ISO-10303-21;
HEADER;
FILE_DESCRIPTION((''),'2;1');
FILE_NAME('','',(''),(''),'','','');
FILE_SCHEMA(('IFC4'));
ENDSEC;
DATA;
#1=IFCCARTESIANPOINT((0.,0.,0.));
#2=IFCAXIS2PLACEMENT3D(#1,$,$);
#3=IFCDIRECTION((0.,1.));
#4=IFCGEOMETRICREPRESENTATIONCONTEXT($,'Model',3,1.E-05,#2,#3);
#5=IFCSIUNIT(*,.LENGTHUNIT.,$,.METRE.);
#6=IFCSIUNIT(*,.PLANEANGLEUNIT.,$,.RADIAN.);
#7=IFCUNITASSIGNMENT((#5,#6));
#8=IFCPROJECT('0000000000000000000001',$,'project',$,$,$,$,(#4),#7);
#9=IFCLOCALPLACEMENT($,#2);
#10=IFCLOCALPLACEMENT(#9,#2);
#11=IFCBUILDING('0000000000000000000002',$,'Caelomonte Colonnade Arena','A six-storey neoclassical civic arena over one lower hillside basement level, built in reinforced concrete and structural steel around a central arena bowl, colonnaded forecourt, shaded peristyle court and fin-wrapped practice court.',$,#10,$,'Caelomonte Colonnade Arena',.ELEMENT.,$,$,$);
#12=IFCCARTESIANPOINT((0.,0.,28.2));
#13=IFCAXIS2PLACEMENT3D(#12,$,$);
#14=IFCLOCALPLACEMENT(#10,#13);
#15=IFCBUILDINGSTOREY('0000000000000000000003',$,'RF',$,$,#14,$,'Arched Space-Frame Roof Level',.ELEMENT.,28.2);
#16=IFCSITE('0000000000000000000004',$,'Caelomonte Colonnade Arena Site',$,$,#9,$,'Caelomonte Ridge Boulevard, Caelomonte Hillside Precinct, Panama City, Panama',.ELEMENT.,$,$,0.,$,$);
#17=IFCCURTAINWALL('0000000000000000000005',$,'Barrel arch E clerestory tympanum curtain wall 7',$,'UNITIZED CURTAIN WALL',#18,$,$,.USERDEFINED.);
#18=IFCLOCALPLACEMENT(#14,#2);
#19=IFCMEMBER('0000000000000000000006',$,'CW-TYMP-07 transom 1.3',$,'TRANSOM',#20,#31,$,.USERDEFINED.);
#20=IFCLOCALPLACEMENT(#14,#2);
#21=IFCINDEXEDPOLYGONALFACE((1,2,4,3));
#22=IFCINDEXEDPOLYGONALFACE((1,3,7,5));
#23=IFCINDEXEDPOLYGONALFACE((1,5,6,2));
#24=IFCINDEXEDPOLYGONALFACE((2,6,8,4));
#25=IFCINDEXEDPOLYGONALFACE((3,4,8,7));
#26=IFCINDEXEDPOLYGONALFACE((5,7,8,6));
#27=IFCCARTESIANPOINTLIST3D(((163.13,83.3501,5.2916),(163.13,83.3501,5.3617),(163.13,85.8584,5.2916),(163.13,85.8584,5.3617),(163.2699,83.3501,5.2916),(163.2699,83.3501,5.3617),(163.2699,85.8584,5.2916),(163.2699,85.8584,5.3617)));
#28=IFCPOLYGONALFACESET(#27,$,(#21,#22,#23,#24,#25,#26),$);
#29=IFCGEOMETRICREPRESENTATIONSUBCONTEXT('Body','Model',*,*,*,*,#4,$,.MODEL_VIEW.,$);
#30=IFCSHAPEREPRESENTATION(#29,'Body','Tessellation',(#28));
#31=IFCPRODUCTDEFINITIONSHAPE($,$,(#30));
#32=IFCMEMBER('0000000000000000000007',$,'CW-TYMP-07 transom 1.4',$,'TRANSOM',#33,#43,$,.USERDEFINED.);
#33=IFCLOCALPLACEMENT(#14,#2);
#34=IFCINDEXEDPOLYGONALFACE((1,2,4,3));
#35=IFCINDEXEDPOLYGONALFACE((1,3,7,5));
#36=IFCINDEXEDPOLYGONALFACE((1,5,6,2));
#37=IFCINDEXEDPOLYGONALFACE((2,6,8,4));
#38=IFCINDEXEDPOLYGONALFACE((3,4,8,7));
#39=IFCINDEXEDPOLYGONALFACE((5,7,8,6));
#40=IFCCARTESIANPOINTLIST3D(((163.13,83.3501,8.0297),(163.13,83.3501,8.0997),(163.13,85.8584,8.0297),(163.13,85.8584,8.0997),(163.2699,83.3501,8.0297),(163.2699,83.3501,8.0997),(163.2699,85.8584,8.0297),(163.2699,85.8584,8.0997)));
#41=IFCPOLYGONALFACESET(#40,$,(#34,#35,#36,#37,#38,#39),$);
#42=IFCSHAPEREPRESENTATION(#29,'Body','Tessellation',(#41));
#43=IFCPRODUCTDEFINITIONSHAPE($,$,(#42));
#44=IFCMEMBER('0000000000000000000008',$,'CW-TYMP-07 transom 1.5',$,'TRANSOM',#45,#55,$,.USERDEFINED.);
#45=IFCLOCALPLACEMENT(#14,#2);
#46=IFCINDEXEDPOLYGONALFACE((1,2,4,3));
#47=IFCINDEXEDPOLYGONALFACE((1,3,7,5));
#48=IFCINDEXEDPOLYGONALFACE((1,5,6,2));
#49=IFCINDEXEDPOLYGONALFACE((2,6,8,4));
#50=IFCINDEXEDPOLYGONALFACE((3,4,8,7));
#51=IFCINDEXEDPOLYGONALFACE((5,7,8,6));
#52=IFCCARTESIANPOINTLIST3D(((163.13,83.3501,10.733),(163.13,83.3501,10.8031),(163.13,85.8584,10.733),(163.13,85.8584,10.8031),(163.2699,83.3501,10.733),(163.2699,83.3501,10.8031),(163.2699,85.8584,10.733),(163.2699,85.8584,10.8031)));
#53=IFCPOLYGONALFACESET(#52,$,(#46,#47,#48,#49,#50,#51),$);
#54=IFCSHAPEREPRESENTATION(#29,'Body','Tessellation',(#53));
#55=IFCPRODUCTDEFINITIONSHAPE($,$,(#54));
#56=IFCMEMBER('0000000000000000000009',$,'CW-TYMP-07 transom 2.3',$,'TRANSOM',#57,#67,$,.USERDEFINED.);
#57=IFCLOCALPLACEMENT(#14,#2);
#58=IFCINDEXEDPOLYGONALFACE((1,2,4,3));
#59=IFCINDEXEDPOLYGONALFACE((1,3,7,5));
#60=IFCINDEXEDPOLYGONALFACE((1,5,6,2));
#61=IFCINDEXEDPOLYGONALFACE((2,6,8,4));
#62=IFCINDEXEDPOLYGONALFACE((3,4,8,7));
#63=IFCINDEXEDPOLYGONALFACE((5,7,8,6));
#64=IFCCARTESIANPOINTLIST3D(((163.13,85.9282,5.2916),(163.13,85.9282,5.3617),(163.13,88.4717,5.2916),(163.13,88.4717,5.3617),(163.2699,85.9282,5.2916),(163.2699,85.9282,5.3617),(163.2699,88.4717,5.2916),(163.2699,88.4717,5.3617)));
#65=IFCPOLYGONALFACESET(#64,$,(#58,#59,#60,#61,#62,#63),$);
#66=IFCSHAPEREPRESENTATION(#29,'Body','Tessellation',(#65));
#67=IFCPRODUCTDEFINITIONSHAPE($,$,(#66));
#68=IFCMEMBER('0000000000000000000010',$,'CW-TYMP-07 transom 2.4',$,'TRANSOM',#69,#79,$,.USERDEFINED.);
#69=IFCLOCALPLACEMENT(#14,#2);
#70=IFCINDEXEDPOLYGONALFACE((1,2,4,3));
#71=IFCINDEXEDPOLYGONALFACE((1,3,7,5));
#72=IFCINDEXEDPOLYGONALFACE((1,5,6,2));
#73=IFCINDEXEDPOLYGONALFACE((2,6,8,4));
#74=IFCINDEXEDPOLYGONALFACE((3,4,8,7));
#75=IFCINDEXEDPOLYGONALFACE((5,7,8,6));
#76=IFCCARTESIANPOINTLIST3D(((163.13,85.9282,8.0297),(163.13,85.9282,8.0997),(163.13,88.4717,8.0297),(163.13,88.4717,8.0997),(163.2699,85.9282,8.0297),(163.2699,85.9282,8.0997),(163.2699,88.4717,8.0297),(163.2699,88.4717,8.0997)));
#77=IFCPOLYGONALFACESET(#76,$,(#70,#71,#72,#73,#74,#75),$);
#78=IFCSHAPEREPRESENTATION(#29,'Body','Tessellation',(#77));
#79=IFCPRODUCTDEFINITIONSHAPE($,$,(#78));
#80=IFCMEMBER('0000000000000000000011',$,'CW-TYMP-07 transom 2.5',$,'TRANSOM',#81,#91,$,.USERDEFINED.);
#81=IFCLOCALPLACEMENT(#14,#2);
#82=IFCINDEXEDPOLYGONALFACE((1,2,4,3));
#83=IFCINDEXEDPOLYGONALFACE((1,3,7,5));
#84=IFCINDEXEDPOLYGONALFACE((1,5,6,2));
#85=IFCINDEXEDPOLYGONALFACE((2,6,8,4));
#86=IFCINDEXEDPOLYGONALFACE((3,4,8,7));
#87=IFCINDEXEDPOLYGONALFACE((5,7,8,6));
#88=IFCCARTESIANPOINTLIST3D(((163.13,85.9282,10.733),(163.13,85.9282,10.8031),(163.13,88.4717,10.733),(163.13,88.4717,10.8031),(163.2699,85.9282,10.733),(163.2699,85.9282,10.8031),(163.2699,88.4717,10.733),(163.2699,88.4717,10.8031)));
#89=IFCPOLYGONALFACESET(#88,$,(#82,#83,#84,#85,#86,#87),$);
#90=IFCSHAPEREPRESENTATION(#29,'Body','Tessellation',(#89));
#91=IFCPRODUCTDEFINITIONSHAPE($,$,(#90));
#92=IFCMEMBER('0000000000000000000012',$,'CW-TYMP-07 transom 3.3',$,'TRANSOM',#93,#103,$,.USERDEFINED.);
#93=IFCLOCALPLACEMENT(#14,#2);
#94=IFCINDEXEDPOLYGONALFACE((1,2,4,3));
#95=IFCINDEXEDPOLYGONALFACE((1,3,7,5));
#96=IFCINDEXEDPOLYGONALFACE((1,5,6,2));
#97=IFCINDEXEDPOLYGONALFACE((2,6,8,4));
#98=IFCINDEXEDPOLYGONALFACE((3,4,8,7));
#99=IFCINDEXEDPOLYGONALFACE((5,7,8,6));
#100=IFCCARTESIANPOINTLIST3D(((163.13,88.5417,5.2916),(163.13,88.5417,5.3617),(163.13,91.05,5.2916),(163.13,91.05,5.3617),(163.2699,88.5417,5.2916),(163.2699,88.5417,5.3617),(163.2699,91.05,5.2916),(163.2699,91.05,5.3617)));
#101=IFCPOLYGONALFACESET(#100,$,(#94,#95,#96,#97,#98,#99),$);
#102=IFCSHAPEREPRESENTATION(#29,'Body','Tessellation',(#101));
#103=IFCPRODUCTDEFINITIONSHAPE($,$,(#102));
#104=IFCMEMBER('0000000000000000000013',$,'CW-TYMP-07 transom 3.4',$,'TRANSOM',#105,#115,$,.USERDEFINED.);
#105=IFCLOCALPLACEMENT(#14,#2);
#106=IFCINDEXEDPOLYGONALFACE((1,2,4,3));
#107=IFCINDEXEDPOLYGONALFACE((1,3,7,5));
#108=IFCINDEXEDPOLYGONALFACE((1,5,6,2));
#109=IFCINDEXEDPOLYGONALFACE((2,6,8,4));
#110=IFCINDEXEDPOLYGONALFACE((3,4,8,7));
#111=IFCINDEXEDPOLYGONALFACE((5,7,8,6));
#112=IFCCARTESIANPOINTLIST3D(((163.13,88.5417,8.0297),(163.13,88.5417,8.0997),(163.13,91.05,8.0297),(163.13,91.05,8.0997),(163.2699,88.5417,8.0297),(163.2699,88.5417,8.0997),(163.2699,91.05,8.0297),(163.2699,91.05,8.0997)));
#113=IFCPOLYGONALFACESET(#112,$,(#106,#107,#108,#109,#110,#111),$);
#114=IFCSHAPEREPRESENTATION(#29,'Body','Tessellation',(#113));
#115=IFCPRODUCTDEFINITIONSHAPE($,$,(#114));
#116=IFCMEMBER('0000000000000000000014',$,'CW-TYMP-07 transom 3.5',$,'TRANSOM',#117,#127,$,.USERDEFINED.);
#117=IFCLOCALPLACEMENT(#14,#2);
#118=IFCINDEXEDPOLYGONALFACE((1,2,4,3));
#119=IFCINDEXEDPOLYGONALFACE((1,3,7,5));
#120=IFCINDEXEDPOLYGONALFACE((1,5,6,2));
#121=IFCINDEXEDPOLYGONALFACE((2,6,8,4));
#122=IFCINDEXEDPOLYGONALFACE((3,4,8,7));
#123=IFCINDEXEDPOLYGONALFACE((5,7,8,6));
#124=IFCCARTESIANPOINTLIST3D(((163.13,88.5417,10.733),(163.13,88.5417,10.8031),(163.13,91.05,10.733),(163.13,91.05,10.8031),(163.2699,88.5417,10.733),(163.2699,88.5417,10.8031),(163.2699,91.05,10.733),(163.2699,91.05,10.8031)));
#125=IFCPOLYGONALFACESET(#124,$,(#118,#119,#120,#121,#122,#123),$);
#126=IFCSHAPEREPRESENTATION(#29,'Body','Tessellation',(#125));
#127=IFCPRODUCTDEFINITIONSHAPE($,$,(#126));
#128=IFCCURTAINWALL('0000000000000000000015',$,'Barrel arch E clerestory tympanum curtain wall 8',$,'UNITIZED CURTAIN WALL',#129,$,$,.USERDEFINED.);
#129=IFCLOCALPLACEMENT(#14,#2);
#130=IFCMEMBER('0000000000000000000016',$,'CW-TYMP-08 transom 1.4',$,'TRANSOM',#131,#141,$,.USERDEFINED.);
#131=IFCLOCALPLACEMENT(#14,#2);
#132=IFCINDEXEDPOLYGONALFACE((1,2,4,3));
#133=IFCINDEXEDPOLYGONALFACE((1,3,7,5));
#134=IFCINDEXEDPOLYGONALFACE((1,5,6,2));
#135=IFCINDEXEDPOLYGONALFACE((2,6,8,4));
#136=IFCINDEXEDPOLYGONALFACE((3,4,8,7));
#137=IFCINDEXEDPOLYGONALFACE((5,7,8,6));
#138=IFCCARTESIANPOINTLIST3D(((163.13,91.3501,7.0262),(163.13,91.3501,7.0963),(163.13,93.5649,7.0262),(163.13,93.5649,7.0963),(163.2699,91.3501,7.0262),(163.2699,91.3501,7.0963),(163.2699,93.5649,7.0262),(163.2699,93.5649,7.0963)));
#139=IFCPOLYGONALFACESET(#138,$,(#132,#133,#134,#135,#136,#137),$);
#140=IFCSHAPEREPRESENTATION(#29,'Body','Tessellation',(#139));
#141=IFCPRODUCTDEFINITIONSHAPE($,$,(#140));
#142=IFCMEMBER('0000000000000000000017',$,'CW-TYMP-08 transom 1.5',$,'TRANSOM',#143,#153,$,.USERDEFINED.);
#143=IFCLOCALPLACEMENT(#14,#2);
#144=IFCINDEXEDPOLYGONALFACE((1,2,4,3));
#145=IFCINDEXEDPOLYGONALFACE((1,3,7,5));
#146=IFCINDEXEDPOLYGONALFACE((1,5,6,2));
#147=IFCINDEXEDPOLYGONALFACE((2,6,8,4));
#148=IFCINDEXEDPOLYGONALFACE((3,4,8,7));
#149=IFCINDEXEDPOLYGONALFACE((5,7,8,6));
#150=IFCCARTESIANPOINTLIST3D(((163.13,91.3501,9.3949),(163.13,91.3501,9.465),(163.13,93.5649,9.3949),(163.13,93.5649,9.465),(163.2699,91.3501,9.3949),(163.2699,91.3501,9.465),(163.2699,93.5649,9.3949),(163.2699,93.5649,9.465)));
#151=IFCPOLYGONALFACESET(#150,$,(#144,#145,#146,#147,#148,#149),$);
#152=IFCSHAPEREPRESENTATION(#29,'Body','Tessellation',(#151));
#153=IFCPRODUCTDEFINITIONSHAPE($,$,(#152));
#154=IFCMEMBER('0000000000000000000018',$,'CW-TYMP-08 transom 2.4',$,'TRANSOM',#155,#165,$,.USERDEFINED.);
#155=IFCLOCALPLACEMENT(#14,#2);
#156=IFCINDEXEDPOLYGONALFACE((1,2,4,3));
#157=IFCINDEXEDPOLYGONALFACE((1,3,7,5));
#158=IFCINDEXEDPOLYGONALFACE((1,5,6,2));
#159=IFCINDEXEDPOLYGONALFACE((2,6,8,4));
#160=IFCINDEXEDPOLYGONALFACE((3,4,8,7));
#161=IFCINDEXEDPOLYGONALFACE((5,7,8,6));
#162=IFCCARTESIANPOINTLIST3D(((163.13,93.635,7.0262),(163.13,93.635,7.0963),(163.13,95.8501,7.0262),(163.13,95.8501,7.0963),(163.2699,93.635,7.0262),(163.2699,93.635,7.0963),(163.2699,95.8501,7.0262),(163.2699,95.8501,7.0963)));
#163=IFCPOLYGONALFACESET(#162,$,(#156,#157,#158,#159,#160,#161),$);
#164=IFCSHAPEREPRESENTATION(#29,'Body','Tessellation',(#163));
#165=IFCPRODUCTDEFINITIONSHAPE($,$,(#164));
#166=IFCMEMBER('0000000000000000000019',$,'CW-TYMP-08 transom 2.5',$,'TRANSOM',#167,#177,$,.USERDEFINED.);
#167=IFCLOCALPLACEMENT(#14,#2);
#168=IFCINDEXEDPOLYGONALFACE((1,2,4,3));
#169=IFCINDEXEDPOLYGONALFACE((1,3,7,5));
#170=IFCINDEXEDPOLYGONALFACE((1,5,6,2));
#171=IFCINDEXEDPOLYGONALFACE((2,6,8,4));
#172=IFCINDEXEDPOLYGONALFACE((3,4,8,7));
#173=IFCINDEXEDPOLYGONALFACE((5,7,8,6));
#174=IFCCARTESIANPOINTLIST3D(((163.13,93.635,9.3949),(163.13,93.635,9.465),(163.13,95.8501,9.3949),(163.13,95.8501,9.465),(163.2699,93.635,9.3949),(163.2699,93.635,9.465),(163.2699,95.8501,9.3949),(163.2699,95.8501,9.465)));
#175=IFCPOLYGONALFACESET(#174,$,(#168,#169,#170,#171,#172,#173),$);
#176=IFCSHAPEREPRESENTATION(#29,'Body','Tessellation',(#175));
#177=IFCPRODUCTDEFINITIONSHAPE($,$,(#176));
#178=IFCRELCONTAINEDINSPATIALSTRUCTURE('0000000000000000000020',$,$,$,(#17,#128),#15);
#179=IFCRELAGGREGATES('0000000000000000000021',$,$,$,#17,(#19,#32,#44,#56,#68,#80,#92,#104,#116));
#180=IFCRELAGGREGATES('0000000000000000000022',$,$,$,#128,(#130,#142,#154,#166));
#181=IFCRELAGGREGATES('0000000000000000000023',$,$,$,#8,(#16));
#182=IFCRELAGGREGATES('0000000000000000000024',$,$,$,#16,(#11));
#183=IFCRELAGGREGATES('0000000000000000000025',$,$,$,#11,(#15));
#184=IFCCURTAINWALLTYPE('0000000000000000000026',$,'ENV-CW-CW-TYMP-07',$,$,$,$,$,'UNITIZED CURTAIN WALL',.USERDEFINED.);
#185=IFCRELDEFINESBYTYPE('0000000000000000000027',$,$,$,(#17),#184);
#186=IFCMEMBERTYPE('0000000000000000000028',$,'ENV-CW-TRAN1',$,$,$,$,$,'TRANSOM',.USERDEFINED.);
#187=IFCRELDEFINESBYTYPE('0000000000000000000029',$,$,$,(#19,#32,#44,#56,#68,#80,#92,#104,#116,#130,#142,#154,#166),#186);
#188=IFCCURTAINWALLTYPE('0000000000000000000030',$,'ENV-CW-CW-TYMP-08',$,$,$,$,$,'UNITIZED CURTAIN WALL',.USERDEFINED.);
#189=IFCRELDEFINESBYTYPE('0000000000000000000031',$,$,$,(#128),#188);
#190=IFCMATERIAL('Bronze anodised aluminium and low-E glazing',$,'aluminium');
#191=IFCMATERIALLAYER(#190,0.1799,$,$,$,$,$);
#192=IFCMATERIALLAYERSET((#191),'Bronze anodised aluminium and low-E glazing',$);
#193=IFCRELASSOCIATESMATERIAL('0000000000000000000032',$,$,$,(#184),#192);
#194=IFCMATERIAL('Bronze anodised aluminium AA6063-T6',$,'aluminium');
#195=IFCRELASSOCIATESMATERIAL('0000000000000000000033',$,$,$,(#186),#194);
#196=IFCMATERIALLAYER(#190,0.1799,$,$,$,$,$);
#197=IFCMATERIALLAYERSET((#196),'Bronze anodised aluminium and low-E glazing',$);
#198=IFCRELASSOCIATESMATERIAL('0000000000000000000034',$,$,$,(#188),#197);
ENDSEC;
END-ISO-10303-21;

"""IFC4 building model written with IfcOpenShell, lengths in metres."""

from ifc_helpers import new_model, si_unit, direction, frame, origin, origin_2d, place, context, subcontext, project, spatial, rectangle, extrude, material, layer, layer_set, material_profile, profile_set, type_object, element, aggregate, save


model = new_model("IFC4")

# Units and contexts
model_context = context("Model", 3, precision=1e-05, world=origin(), true_north=direction((0.0, 1.0)))
body_context = subcontext(model_context, "Body", "Model", "MODEL_VIEW")
ifc_project = project(units=[si_unit("LENGTHUNIT", "METRE"), si_unit("PLANEANGLEUNIT", "RADIAN")], contexts=[model_context])

# Site, building, storey
site_placement = place(None, origin())
site = spatial("IfcSite", under=ifc_project, at=site_placement, Name="Caelomonte Colonnade Arena Site", LongName="Caelomonte Ridge Boulevard, Caelomonte Hillside Precinct, Panama City, Panama", CompositionType="ELEMENT", RefElevation=0.0)
building_placement = place(site_placement, origin())
building = spatial("IfcBuilding", under=site, at=building_placement, Name="Caelomonte Colonnade Arena", Description="A six-storey neoclassical civic arena over one lower hillside basement level, built in reinforced concrete and structural steel around a central arena bowl, colonnaded forecourt, shaded peristyle court and fin-wrapped practice court.", LongName="Caelomonte Colonnade Arena", CompositionType="ELEMENT")
storey_placement = place(building_placement, frame((0.0, 0.0, 28.2)))
storey = spatial("IfcBuildingStorey", under=building, at=storey_placement, Name="RF", LongName="Arched Space-Frame Roof Level", CompositionType="ELEMENT", Elevation=28.2)

# Curtain walls, members
ifc_material_1 = material(Name="Bronze anodised aluminium and low-E glazing", Category="aluminium")
ifc_layer_1 = layer(ifc_material_1, 0.1799)
ifc_layer_set_1 = layer_set([ifc_layer_1], Name="Bronze anodised aluminium and low-E glazing")
curtain_wall_type_1 = type_object("IfcCurtainWallType", Name="ENV-CW-CW-TYMP-07", ElementType="UNITIZED CURTAIN WALL", PredefinedType="USERDEFINED", material=ifc_layer_set_1)
curtain_wall_1_placement = place(storey_placement, origin())
curtain_wall_1 = element("IfcCurtainWall", 1, at=curtain_wall_1_placement, inside=storey, type_object=curtain_wall_type_1, Name="Barrel arch E clerestory tympanum curtain wall 7", ObjectType="UNITIZED CURTAIN WALL", PredefinedType="USERDEFINED")
ifc_material_2 = material(Name="Bronze anodised aluminium AA6063-T6", Category="aluminium")
ifc_material_profile_1 = material_profile(ifc_material_2, rectangle(XDim=0.0701, YDim=0.1399, at=origin_2d()), Name="CWT-70X140")
ifc_profile_set_1 = profile_set([ifc_material_profile_1], Name="Bronze anodised aluminium AA6063-T6")
member_type_1 = type_object("IfcMemberType", Name="ENV-CW-TRAN1", ElementType="TRANSOM", PredefinedType="USERDEFINED", material=ifc_profile_set_1)
member_1_placement = place(storey_placement, frame((163.2, 83.3501, 5.3267), z_axis=(0.0, 1.0, 0.0), x_axis=(0.0, 0.0, 1.0)))
member_1 = element("IfcMember", 2, at=member_1_placement, type_object=member_type_1, Name="CW-TYMP-07 transom 1.3", ObjectType="TRANSOM", PredefinedType="USERDEFINED", context=body_context, shape_type="SweptSolid", body=[
    extrude(rectangle(XDim=0.0701, YDim=0.1399, at=origin_2d()), origin(), (0.0, 0.0, 1.0), 2.5083),
])
member_2_placement = place(storey_placement, frame((163.2, 83.3501, 8.0647), z_axis=(0.0, 1.0, 0.0), x_axis=(0.0, 0.0, 1.0)))
member_2 = element("IfcMember", 3, at=member_2_placement, type_object=member_type_1, Name="CW-TYMP-07 transom 1.4", ObjectType="TRANSOM", PredefinedType="USERDEFINED", context=body_context, shape_type="SweptSolid", body=[
    extrude(rectangle(XDim=0.0701, YDim=0.1399, at=origin_2d()), origin(), (0.0, 0.0, 1.0), 2.5083),
])
member_3_placement = place(storey_placement, frame((163.2, 83.3501, 10.7681), z_axis=(0.0, 1.0, 0.0), x_axis=(0.0, 0.0, 1.0)))
member_3 = element("IfcMember", 4, at=member_3_placement, type_object=member_type_1, Name="CW-TYMP-07 transom 1.5", ObjectType="TRANSOM", PredefinedType="USERDEFINED", context=body_context, shape_type="SweptSolid", body=[
    extrude(rectangle(XDim=0.0701, YDim=0.1399, at=origin_2d()), origin(), (0.0, 0.0, 1.0), 2.5083),
])
member_4_placement = place(storey_placement, frame((163.2, 85.9282, 5.3267), z_axis=(0.0, 1.0, 0.0), x_axis=(0.0, 0.0, 1.0)))
member_4 = element("IfcMember", 5, at=member_4_placement, type_object=member_type_1, Name="CW-TYMP-07 transom 2.3", ObjectType="TRANSOM", PredefinedType="USERDEFINED", context=body_context, shape_type="SweptSolid", body=[
    extrude(rectangle(XDim=0.0701, YDim=0.1399, at=origin_2d()), origin(), (0.0, 0.0, 1.0), 2.5435),
])
member_5_placement = place(storey_placement, frame((163.2, 85.9282, 8.0647), z_axis=(0.0, 1.0, 0.0), x_axis=(0.0, 0.0, 1.0)))
member_5 = element("IfcMember", 6, at=member_5_placement, type_object=member_type_1, Name="CW-TYMP-07 transom 2.4", ObjectType="TRANSOM", PredefinedType="USERDEFINED", context=body_context, shape_type="SweptSolid", body=[
    extrude(rectangle(XDim=0.0701, YDim=0.1399, at=origin_2d()), origin(), (0.0, 0.0, 1.0), 2.5435),
])
member_6_placement = place(storey_placement, frame((163.2, 85.9282, 10.7681), z_axis=(0.0, 1.0, 0.0), x_axis=(0.0, 0.0, 1.0)))
member_6 = element("IfcMember", 7, at=member_6_placement, type_object=member_type_1, Name="CW-TYMP-07 transom 2.5", ObjectType="TRANSOM", PredefinedType="USERDEFINED", context=body_context, shape_type="SweptSolid", body=[
    extrude(rectangle(XDim=0.0701, YDim=0.1399, at=origin_2d()), origin(), (0.0, 0.0, 1.0), 2.5435),
])
member_7_placement = place(storey_placement, frame((163.2, 88.5417, 5.3267), z_axis=(0.0, 1.0, 0.0), x_axis=(0.0, 0.0, 1.0)))
member_7 = element("IfcMember", 8, at=member_7_placement, type_object=member_type_1, Name="CW-TYMP-07 transom 3.3", ObjectType="TRANSOM", PredefinedType="USERDEFINED", context=body_context, shape_type="SweptSolid", body=[
    extrude(rectangle(XDim=0.0701, YDim=0.1399, at=origin_2d()), origin(), (0.0, 0.0, 1.0), 2.5083),
])
member_8_placement = place(storey_placement, frame((163.2, 88.5417, 8.0647), z_axis=(0.0, 1.0, 0.0), x_axis=(0.0, 0.0, 1.0)))
member_8 = element("IfcMember", 9, at=member_8_placement, type_object=member_type_1, Name="CW-TYMP-07 transom 3.4", ObjectType="TRANSOM", PredefinedType="USERDEFINED", context=body_context, shape_type="SweptSolid", body=[
    extrude(rectangle(XDim=0.0701, YDim=0.1399, at=origin_2d()), origin(), (0.0, 0.0, 1.0), 2.5083),
])
member_9_placement = place(storey_placement, frame((163.2, 88.5417, 10.7681), z_axis=(0.0, 1.0, 0.0), x_axis=(0.0, 0.0, 1.0)))
member_9 = element("IfcMember", 10, at=member_9_placement, type_object=member_type_1, Name="CW-TYMP-07 transom 3.5", ObjectType="TRANSOM", PredefinedType="USERDEFINED", context=body_context, shape_type="SweptSolid", body=[
    extrude(rectangle(XDim=0.0701, YDim=0.1399, at=origin_2d()), origin(), (0.0, 0.0, 1.0), 2.5083),
])
ifc_layer_2 = layer(ifc_material_1, 0.1799)
ifc_layer_set_2 = layer_set([ifc_layer_2], Name="Bronze anodised aluminium and low-E glazing")
curtain_wall_type_2 = type_object("IfcCurtainWallType", Name="ENV-CW-CW-TYMP-08", ElementType="UNITIZED CURTAIN WALL", PredefinedType="USERDEFINED", material=ifc_layer_set_2)
curtain_wall_2_placement = place(storey_placement, origin())
curtain_wall_2 = element("IfcCurtainWall", 11, at=curtain_wall_2_placement, inside=storey, type_object=curtain_wall_type_2, Name="Barrel arch E clerestory tympanum curtain wall 8", ObjectType="UNITIZED CURTAIN WALL", PredefinedType="USERDEFINED")
member_10_placement = place(storey_placement, frame((163.2, 91.3501, 7.0613), z_axis=(0.0, 1.0, 0.0), x_axis=(0.0, 0.0, 1.0)))
member_10 = element("IfcMember", 12, at=member_10_placement, type_object=member_type_1, Name="CW-TYMP-08 transom 1.4", ObjectType="TRANSOM", PredefinedType="USERDEFINED", context=body_context, shape_type="SweptSolid", body=[
    extrude(rectangle(XDim=0.0701, YDim=0.1399, at=origin_2d()), origin(), (0.0, 0.0, 1.0), 2.2148),
])
member_11_placement = place(storey_placement, frame((163.2, 91.3501, 9.4299), z_axis=(0.0, 1.0, 0.0), x_axis=(0.0, 0.0, 1.0)))
member_11 = element("IfcMember", 13, at=member_11_placement, type_object=member_type_1, Name="CW-TYMP-08 transom 1.5", ObjectType="TRANSOM", PredefinedType="USERDEFINED", context=body_context, shape_type="SweptSolid", body=[
    extrude(rectangle(XDim=0.0701, YDim=0.1399, at=origin_2d()), origin(), (0.0, 0.0, 1.0), 2.2148),
])
member_12_placement = place(storey_placement, frame((163.2, 93.635, 7.0613), z_axis=(0.0, 1.0, 0.0), x_axis=(0.0, 0.0, 1.0)))
member_12 = element("IfcMember", 14, at=member_12_placement, type_object=member_type_1, Name="CW-TYMP-08 transom 2.4", ObjectType="TRANSOM", PredefinedType="USERDEFINED", context=body_context, shape_type="SweptSolid", body=[
    extrude(rectangle(XDim=0.0701, YDim=0.1399, at=origin_2d()), origin(), (0.0, 0.0, 1.0), 2.2151),
])
member_13_placement = place(storey_placement, frame((163.2, 93.635, 9.4299), z_axis=(0.0, 1.0, 0.0), x_axis=(0.0, 0.0, 1.0)))
member_13 = element("IfcMember", 15, at=member_13_placement, type_object=member_type_1, Name="CW-TYMP-08 transom 2.5", ObjectType="TRANSOM", PredefinedType="USERDEFINED", context=body_context, shape_type="SweptSolid", body=[
    extrude(rectangle(XDim=0.0701, YDim=0.1399, at=origin_2d()), origin(), (0.0, 0.0, 1.0), 2.2151),
])

aggregate(curtain_wall_1, [member_1, member_2, member_3, member_4, member_5, member_6, member_7, member_8, member_9])
aggregate(curtain_wall_2, [member_10, member_11, member_12, member_13])

save(model, "model.ifc")
